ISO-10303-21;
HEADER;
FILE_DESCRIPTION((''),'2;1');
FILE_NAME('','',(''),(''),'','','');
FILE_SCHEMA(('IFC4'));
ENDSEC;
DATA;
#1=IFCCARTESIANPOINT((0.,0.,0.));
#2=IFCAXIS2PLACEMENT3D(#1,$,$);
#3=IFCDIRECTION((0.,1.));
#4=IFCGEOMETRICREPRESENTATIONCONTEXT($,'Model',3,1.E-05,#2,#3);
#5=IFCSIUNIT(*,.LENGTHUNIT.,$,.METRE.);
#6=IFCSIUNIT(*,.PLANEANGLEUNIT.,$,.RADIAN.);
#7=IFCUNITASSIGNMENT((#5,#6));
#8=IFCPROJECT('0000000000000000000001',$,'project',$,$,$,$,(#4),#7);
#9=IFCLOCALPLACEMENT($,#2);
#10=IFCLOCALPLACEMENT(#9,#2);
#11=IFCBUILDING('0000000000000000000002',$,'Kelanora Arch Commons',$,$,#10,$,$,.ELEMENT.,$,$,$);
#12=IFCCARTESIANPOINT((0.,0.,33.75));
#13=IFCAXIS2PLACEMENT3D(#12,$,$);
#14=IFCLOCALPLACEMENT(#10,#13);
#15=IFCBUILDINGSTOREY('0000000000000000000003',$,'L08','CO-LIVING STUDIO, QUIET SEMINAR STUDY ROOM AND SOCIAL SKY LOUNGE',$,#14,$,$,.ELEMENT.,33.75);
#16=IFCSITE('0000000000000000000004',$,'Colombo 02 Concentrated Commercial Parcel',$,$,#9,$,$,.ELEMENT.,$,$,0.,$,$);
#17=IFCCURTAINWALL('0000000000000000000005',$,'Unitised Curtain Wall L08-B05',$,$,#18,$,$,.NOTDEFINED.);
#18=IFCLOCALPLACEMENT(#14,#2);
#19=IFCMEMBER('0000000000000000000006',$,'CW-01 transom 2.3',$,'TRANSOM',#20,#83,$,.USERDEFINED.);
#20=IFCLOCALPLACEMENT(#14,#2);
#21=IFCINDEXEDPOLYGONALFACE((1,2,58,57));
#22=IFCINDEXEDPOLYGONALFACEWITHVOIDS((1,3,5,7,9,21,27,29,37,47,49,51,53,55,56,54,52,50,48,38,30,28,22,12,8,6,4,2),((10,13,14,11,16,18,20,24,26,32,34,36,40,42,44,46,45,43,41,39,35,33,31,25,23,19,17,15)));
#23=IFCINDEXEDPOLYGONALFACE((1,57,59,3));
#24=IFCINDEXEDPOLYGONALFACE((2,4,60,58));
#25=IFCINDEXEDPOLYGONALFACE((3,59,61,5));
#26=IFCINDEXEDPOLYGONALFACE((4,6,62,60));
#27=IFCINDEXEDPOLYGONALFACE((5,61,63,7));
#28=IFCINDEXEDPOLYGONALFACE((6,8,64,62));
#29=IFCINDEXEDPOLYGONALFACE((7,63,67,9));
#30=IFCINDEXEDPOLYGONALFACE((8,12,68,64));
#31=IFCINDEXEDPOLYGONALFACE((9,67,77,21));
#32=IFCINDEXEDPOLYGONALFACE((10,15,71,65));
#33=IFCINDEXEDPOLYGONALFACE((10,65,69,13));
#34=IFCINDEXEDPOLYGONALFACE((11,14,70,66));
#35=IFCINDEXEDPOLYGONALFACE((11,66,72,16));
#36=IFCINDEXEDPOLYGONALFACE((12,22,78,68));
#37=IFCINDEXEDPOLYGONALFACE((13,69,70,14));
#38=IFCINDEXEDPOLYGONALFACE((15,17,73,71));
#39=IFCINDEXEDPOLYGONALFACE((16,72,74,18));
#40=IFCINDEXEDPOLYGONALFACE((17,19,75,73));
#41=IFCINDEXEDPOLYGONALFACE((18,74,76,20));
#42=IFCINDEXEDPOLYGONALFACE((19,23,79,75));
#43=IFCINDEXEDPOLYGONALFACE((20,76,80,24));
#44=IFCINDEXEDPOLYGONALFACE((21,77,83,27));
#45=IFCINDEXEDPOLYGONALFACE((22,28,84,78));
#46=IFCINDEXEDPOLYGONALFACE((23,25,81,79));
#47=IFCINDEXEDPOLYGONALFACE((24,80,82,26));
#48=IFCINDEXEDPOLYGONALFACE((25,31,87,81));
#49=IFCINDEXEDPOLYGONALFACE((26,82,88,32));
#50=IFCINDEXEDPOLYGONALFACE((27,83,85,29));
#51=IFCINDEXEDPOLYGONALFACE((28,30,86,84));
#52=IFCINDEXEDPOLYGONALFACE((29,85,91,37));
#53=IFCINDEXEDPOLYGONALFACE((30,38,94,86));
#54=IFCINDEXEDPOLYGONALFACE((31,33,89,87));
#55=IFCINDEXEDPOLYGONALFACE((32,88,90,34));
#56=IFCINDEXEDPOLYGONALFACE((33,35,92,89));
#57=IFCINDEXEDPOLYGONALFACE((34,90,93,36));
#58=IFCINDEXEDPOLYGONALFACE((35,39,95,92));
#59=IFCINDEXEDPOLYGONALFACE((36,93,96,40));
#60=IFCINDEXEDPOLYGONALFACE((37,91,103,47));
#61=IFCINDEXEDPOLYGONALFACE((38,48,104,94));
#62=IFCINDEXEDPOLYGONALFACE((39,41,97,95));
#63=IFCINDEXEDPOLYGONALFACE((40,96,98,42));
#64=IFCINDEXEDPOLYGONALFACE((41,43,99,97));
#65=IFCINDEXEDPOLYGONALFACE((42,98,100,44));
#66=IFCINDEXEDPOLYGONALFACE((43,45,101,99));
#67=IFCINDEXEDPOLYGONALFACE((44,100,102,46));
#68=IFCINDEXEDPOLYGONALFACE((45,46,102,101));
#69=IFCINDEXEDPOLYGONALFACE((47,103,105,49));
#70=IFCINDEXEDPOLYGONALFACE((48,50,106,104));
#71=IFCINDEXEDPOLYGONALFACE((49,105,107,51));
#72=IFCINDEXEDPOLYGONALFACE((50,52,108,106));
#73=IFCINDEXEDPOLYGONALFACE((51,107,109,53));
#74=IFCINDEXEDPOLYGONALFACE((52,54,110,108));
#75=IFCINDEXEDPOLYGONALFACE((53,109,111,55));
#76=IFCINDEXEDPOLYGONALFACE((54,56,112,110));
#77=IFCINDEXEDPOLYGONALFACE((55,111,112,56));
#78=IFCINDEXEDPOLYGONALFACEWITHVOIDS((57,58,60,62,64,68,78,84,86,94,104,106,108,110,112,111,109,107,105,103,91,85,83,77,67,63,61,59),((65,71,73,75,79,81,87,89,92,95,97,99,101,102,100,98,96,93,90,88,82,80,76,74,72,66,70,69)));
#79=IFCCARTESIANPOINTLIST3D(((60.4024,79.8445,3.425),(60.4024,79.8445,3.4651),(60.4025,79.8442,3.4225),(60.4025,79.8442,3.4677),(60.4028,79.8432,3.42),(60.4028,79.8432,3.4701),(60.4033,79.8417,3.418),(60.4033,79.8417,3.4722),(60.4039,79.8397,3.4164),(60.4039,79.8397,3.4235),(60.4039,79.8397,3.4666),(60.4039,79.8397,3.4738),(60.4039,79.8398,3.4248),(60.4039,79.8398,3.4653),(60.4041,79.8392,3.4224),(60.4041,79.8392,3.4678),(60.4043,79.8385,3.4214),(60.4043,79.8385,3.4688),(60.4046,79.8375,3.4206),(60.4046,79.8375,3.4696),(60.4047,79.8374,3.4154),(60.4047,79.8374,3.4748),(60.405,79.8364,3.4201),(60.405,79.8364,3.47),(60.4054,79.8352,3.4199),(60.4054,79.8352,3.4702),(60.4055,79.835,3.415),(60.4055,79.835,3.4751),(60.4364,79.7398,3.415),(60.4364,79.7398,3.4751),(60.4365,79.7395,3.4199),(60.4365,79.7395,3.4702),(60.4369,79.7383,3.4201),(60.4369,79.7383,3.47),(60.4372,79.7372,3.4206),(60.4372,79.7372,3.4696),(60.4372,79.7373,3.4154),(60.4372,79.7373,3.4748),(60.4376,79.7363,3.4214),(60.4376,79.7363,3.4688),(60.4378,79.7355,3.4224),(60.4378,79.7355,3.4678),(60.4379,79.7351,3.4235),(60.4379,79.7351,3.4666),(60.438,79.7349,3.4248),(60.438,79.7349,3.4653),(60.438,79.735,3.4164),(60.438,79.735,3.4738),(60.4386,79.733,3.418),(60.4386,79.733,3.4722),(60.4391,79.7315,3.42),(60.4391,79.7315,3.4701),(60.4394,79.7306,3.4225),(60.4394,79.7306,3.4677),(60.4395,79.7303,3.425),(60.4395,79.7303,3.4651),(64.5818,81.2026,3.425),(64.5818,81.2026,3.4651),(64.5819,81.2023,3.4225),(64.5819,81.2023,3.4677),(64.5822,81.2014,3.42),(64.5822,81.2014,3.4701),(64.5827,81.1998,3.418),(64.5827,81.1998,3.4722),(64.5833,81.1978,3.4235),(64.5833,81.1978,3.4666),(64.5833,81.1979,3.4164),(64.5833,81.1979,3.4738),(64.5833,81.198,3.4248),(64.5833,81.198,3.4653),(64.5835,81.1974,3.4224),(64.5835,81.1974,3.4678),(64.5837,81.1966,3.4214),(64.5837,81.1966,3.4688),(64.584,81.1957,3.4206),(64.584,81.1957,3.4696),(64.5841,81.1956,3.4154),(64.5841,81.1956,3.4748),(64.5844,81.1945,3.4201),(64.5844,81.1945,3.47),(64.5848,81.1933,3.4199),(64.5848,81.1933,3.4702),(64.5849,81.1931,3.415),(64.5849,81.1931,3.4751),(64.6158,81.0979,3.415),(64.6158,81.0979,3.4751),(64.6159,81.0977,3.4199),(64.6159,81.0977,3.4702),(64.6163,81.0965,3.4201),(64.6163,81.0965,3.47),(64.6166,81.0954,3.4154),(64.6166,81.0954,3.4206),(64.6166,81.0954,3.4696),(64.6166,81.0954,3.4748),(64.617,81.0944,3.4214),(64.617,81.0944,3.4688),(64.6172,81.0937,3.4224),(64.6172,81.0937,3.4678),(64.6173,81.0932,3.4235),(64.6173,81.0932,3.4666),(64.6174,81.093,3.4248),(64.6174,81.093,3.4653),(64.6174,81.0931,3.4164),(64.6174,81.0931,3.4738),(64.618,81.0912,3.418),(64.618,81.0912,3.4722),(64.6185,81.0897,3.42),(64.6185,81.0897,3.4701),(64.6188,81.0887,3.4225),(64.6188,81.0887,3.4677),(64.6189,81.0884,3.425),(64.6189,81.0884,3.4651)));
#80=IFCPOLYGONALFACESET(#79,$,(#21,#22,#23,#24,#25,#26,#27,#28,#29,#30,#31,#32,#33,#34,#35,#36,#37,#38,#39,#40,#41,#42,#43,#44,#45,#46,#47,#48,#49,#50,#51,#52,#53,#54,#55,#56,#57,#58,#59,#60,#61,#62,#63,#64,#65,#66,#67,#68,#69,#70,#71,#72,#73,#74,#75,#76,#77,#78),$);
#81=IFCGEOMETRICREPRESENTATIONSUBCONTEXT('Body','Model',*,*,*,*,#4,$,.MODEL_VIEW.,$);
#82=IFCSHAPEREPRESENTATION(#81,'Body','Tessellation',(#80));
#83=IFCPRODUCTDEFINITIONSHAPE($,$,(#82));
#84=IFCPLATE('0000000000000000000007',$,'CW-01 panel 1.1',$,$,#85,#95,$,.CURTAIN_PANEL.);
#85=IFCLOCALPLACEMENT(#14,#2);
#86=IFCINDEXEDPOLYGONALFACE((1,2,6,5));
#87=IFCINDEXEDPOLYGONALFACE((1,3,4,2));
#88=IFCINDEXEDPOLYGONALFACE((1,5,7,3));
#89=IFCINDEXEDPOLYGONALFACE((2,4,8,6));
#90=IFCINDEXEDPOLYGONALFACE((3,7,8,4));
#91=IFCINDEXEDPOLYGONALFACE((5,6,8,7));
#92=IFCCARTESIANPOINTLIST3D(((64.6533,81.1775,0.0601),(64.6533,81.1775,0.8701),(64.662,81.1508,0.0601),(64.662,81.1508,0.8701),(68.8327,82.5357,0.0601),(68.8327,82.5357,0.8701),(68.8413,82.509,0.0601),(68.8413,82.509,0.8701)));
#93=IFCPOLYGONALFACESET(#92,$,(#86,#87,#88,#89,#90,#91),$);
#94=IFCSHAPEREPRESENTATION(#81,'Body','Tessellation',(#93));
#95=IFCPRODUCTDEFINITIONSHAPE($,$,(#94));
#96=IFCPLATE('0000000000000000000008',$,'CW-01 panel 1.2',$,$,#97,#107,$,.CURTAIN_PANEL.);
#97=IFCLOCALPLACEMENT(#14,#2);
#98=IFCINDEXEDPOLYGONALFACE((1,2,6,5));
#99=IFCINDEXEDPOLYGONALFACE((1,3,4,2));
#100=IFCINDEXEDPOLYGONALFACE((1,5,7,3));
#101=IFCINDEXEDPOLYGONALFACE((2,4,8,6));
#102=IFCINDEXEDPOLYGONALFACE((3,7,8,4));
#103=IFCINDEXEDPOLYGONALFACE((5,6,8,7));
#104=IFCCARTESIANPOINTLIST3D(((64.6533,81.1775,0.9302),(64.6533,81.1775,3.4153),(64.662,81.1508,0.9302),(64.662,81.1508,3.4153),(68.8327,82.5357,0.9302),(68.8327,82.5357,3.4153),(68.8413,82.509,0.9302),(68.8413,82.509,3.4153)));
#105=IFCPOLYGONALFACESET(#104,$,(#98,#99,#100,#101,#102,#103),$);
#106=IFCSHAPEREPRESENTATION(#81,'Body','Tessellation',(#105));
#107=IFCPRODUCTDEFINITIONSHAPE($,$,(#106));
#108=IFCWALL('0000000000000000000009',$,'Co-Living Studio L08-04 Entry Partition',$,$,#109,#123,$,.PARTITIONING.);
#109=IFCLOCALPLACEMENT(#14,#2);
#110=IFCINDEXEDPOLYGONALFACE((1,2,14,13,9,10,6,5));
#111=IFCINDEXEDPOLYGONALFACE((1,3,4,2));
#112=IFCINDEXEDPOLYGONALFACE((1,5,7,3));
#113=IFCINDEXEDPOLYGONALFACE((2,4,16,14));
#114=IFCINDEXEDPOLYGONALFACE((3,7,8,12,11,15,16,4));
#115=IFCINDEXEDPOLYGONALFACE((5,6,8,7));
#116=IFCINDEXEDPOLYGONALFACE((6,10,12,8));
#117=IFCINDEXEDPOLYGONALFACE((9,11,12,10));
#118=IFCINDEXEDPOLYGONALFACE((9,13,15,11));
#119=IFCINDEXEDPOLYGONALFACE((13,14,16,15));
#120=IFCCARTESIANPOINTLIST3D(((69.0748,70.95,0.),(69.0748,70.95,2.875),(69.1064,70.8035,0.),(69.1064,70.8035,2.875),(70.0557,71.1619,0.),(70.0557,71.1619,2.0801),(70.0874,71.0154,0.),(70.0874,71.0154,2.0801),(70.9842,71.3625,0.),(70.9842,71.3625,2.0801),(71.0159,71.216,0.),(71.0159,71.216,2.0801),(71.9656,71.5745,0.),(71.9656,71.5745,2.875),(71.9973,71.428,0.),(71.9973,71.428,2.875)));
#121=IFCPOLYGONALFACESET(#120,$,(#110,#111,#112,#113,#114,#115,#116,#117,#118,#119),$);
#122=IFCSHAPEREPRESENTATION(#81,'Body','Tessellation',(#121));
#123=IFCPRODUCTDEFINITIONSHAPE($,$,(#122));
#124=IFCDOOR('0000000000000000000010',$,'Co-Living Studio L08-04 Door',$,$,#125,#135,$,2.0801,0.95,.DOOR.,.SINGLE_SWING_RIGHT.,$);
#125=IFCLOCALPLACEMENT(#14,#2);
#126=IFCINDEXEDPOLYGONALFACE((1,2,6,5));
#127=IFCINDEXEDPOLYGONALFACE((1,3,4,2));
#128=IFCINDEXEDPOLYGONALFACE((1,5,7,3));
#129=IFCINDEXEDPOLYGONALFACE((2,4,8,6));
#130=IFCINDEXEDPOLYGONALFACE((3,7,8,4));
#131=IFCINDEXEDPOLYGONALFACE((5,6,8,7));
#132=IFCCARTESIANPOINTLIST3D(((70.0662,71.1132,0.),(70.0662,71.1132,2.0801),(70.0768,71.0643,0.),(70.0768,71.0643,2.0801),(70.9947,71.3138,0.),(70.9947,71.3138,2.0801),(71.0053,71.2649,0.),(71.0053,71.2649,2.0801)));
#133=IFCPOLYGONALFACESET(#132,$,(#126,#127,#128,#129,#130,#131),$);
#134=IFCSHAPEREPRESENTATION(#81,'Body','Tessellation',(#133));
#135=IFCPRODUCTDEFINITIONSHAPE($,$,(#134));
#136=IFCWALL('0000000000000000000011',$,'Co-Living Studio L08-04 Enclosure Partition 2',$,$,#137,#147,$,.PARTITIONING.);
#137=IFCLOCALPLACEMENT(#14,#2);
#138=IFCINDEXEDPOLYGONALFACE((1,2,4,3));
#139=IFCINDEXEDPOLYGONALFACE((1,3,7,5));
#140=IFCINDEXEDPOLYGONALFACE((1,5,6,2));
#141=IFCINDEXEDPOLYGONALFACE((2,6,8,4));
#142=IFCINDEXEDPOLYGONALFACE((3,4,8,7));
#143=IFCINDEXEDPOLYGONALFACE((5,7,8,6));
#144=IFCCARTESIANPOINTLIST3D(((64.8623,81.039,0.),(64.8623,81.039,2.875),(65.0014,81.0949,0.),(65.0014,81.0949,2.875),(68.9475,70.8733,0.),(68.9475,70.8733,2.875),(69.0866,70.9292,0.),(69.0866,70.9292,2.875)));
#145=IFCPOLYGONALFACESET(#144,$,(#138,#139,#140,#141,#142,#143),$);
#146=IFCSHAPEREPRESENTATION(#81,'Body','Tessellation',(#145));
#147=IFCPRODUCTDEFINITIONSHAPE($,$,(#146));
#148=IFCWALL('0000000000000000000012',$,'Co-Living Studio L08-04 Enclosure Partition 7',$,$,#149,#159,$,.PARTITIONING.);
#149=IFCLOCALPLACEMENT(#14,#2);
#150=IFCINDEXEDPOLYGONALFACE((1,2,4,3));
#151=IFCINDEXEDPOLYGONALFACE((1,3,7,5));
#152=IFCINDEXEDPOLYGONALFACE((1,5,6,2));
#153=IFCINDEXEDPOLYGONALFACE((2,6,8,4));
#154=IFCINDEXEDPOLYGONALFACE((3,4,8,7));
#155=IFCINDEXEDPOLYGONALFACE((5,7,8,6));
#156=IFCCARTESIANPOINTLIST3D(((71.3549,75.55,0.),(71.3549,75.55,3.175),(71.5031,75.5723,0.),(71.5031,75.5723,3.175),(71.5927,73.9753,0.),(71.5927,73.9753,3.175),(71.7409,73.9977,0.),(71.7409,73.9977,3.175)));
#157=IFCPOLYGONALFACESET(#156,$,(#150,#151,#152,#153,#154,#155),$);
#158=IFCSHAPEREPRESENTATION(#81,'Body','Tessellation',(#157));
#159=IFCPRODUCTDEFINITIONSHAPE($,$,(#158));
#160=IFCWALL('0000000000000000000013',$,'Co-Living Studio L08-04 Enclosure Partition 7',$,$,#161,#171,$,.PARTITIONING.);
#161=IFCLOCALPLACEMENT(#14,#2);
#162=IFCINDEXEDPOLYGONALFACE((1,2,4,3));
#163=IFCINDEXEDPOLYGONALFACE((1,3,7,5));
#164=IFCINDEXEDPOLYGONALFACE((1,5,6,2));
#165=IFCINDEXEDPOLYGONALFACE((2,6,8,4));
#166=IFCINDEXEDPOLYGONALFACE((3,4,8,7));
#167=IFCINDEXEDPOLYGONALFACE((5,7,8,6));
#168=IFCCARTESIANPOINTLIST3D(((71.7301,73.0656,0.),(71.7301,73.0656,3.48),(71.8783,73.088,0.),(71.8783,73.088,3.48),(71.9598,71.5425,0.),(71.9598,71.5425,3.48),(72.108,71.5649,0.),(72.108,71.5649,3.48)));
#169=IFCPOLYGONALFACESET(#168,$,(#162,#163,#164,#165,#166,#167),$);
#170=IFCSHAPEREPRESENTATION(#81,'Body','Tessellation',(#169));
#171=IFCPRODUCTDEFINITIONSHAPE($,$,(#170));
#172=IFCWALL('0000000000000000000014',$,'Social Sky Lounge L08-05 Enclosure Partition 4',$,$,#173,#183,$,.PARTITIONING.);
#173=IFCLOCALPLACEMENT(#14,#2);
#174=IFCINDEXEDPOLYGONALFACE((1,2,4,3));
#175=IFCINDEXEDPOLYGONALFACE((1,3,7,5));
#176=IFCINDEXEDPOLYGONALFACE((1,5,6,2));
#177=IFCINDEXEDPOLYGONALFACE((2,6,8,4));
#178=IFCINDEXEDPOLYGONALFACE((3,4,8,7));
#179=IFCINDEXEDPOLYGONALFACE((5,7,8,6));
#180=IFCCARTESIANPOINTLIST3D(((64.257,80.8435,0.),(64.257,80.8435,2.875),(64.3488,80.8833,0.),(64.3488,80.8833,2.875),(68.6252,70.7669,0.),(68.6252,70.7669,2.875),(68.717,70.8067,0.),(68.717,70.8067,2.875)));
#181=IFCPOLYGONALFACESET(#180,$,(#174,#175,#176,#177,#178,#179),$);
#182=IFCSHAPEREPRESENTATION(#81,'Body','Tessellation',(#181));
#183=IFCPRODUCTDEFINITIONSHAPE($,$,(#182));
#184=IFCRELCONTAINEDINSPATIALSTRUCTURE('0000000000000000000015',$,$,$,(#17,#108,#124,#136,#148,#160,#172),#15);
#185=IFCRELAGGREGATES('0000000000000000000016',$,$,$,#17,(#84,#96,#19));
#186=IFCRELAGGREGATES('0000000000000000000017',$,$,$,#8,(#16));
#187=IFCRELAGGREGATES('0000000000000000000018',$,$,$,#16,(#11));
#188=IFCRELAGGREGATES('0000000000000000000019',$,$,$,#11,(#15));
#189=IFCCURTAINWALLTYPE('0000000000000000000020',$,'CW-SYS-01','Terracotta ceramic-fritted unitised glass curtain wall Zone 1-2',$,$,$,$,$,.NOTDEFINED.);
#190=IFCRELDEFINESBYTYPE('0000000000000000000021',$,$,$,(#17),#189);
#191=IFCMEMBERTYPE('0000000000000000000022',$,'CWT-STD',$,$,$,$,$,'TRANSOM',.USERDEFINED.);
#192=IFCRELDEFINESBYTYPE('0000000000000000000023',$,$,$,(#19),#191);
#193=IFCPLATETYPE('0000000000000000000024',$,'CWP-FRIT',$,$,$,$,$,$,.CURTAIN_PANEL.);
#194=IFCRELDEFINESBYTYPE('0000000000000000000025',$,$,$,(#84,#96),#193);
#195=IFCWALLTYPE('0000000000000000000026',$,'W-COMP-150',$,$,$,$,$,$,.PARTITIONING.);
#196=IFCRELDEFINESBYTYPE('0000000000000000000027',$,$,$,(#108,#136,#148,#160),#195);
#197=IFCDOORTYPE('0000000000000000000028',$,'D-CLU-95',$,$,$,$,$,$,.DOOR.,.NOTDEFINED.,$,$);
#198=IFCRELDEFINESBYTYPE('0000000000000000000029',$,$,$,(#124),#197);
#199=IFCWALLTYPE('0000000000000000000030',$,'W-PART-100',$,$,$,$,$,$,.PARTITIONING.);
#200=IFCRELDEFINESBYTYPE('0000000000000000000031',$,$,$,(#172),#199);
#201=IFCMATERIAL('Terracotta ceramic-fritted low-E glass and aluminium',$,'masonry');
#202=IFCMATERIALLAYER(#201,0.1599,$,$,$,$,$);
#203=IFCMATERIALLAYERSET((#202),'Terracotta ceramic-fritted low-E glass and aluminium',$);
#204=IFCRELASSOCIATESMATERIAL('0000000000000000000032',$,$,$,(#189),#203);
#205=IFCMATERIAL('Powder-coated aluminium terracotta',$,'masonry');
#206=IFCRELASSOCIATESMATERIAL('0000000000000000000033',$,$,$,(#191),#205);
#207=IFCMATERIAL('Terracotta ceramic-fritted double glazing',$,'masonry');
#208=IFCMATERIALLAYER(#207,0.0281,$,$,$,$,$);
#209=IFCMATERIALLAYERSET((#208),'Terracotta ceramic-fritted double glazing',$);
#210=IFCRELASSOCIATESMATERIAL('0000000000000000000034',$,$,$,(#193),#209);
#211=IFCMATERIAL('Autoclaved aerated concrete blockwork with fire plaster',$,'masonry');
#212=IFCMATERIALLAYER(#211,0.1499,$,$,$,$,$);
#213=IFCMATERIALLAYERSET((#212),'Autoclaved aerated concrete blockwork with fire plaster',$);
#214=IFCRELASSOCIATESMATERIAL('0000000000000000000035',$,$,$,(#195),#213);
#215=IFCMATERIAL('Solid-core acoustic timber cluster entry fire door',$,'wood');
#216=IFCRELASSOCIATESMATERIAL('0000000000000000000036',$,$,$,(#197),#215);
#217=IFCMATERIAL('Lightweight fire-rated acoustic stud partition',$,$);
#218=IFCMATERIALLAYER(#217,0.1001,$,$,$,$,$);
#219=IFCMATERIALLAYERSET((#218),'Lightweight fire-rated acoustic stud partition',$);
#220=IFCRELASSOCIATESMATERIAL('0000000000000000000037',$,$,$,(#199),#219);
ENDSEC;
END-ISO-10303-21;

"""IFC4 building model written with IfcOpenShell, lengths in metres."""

from ifc_helpers import new_model, si_unit, direction, frame, frame_2d, origin, origin_2d, place, context, subcontext, project, spatial, rectangle, hollow_rectangle, extrude, source, transform, mapped, material, layer, layer_set, material_profile, profile_set, type_object, element, fill, aggregate, save


model = new_model("IFC4")

# Units and contexts
model_context = context("Model", 3, precision=1e-05, world=origin(), true_north=direction((0.0, 1.0)))
body_context = subcontext(model_context, "Body", "Model", "MODEL_VIEW")
ifc_project = project(units=[si_unit("LENGTHUNIT", "METRE"), si_unit("PLANEANGLEUNIT", "RADIAN")], contexts=[model_context])

# Site, building, storey
site_placement = place(None, origin())
site = spatial("IfcSite", under=ifc_project, at=site_placement, Name="Colombo 02 Concentrated Commercial Parcel", CompositionType="ELEMENT", RefElevation=0.0)
building_placement = place(site_placement, origin())
building = spatial("IfcBuilding", under=site, at=building_placement, Name="Kelanora Arch Commons", CompositionType="ELEMENT")
storey_placement = place(building_placement, frame((0.0, 0.0, 33.75)))
storey = spatial("IfcBuildingStorey", under=building, at=storey_placement, Name="L08", Description="CO-LIVING STUDIO, QUIET SEMINAR STUDY ROOM AND SOCIAL SKY LOUNGE", CompositionType="ELEMENT", Elevation=33.75)

# Curtain wall, member, plates
ifc_material_1 = material(Name="Terracotta ceramic-fritted low-E glass and aluminium", Category="masonry")
ifc_layer_1 = layer(ifc_material_1, 0.1599)
ifc_layer_set_1 = layer_set([ifc_layer_1], Name="Terracotta ceramic-fritted low-E glass and aluminium")
curtain_wall_type = type_object("IfcCurtainWallType", Name="CW-SYS-01", Description="Terracotta ceramic-fritted unitised glass curtain wall Zone 1-2", PredefinedType="NOTDEFINED", material=ifc_layer_set_1)
curtain_wall_placement = place(storey_placement, origin())
curtain_wall = element("IfcCurtainWall", 1, at=curtain_wall_placement, inside=storey, type_object=curtain_wall_type, Name="Unitised Curtain Wall L08-B05", PredefinedType="NOTDEFINED")
ifc_material_2 = material(Name="Powder-coated aluminium terracotta", Category="masonry")
ifc_material_profile_1 = material_profile(ifc_material_2, hollow_rectangle(XDim=0.1201, YDim=0.0601, WallThickness=0.0049, InnerFilletRadius=0.0049, OuterFilletRadius=0.01, at=origin_2d()), Name="CWT120x60")
ifc_profile_set_1 = profile_set([ifc_material_profile_1], Name="Powder-coated aluminium terracotta")
member_type_1 = type_object("IfcMemberType", Name="CWT-STD", ElementType="TRANSOM", PredefinedType="USERDEFINED", material=ifc_profile_set_1)
member_1_placement = place(storey_placement, frame((64.6003, 81.1455, 3.4451), z_axis=(-0.951045, -0.309052, 0.0), x_axis=(0.309052, -0.951045, 0.0)))
member_1 = element("IfcMember", 2, at=member_1_placement, type_object=member_type_1, Name="CW-01 transom 2.3", ObjectType="TRANSOM", PredefinedType="USERDEFINED", context=body_context, shape_type="SweptSolid", body=[
    extrude(hollow_rectangle(XDim=0.1201, YDim=0.0601, WallThickness=0.0049, InnerFilletRadius=0.0049, OuterFilletRadius=0.01, at=origin_2d()), origin(), (0.0, 0.0, 1.0), 4.3945),
])
ifc_material_3 = material(Name="Terracotta ceramic-fritted double glazing", Category="masonry")
ifc_layer_2 = layer(ifc_material_3, 0.0281)
ifc_layer_set_2 = layer_set([ifc_layer_2], Name="Terracotta ceramic-fritted double glazing")
plate_type = type_object("IfcPlateType", Name="CWP-FRIT", PredefinedType="CURTAIN_PANEL", material=ifc_layer_set_2)
shared_shape_1 = source(origin(), body_context, "Body", "SweptSolid", [
    extrude(rectangle(XDim=4.3945, YDim=0.0281, at=origin_2d()), origin(), (0.0, 0.0, 1.0), 0.8101),
])
plate_1_placement = place(storey_placement, frame((66.7473, 81.8433, 0.0601), z_axis=(0.0, 0.0, 1.0), x_axis=(-0.951043, -0.309058, 0.0)))
plate_1 = element("IfcPlate", 3, at=plate_1_placement, type_object=plate_type, Name="CW-01 panel 1.1", PredefinedType="CURTAIN_PANEL", context=body_context, shape_type="MappedRepresentation", body=[
    mapped(shared_shape_1, transform((0.0, 0.0, 0.0), scale=1.0)),
])
shared_shape_2 = source(origin(), body_context, "Body", "SweptSolid", [
    extrude(rectangle(XDim=4.3945, YDim=0.0281, at=origin_2d()), origin(), (0.0, 0.0, 1.0), 2.4851),
])
plate_2_placement = place(storey_placement, frame((66.7473, 81.8433, 0.9302), z_axis=(0.0, 0.0, 1.0), x_axis=(-0.951043, -0.309058, 0.0)))
plate_2 = element("IfcPlate", 4, at=plate_2_placement, type_object=plate_type, Name="CW-01 panel 1.2", PredefinedType="CURTAIN_PANEL", context=body_context, shape_type="MappedRepresentation", body=[
    mapped(shared_shape_2, transform((0.0, 0.0, 0.0), scale=1.0)),
])
aggregate(curtain_wall, [plate_1, plate_2, member_1])

# Wall, opening, door
ifc_material_4 = material(Name="Autoclaved aerated concrete blockwork with fire plaster", Category="masonry")
ifc_layer_3 = layer(ifc_material_4, 0.1499)
ifc_layer_set_3 = layer_set([ifc_layer_3], Name="Autoclaved aerated concrete blockwork with fire plaster")
wall_type_1 = type_object("IfcWallType", Name="W-COMP-150", PredefinedType="PARTITIONING", material=ifc_layer_set_3)
wall_1_placement = place(storey_placement, frame((71.9814, 71.5012, 0.0), z_axis=(0.0, 0.0, 1.0), x_axis=(-0.977452, -0.211158, 0.0)))
wall_1 = element("IfcWall", 5, at=wall_1_placement, inside=storey, type_object=wall_type_1, Name="Co-Living Studio L08-04 Entry Partition", PredefinedType="PARTITIONING", context=body_context, shape_type="SweptSolid", body=[
    extrude(rectangle(XDim=2.9575, YDim=0.1499, at=frame_2d((1.4788, 0.0))), origin(), (0.0, 0.0, 1.0), 2.875),
])
opening_1_placement = place(wall_1_placement, frame((1.0039, 0.0, 0.0)))
opening_1 = element("IfcOpeningElement", 6, at=opening_1_placement, cuts=wall_1, PredefinedType="OPENING", context=body_context, shape_type="SweptSolid", body=[
    extrude(rectangle(XDim=0.95, YDim=2.0801, at=frame_2d((0.4751, 1.04))), frame((0.0, 0.085, 0.0), z_axis=(0.0, -1.0, 0.0), x_axis=(1.0, 0.0, 0.0)), (0.0, 0.0, 1.0), 0.1699),
])
ifc_material_5 = material(Name="Solid-core acoustic timber cluster entry fire door", Category="wood")
door_type_1 = type_object("IfcDoorType", Name="D-CLU-95", OperationType="NOTDEFINED", PredefinedType="DOOR", material=ifc_material_5)
door_1_placement = place(opening_1_placement, origin())
door_1 = element("IfcDoor", 7, at=door_1_placement, inside=storey, type_object=door_type_1, Name="Co-Living Studio L08-04 Door", OperationType="SINGLE_SWING_RIGHT", OverallHeight=2.0801, OverallWidth=0.95, PredefinedType="DOOR", context=body_context, shape_type="SweptSolid", body=[
    extrude(rectangle(XDim=0.95, YDim=2.0801, at=frame_2d((0.4751, 1.04))), frame((0.0, 0.0249, 0.0), z_axis=(0.0, -1.0, 0.0), x_axis=(1.0, 0.0, 0.0)), (0.0, 0.0, 1.0), 0.05),
])
fill(opening_1, door_1)

# Walls
wall_2_placement = place(storey_placement, frame((69.0171, 70.9011, 0.0), z_axis=(0.0, 0.0, 1.0), x_axis=(-0.372877, 0.927881, 0.0)))
element("IfcWall", 8, at=wall_2_placement, inside=storey, type_object=wall_type_1, Name="Co-Living Studio L08-04 Enclosure Partition 2", PredefinedType="PARTITIONING", context=body_context, shape_type="SweptSolid", body=[
    extrude(rectangle(XDim=10.9558, YDim=0.1499, at=frame_2d((5.478, 0.0))), origin(), (0.0, 0.0, 1.0), 2.875),
])
wall_3_placement = place(storey_placement, frame((71.429, 75.5613, 0.0), z_axis=(0.0, 0.0, 1.0), x_axis=(0.149315, -0.98879, 0.0)))
element("IfcWall", 9, at=wall_3_placement, inside=storey, type_object=wall_type_1, Name="Co-Living Studio L08-04 Enclosure Partition 7", PredefinedType="PARTITIONING", context=body_context, shape_type="SweptSolid", body=[
    extrude(rectangle(XDim=1.5925, YDim=0.1499, at=frame_2d((0.7964, 0.0))), origin(), (0.0, 0.0, 1.0), 3.175),
])
wall_4_placement = place(storey_placement, frame((71.8042, 73.0767, 0.0), z_axis=(0.0, 0.0, 1.0), x_axis=(0.149162, -0.988813, 0.0)))
element("IfcWall", 10, at=wall_4_placement, inside=storey, type_object=wall_type_1, Name="Co-Living Studio L08-04 Enclosure Partition 7", PredefinedType="PARTITIONING", context=body_context, shape_type="SweptSolid", body=[
    extrude(rectangle(XDim=1.5403, YDim=0.1499, at=frame_2d((0.77, 0.0))), origin(), (0.0, 0.0, 1.0), 3.48),
])
ifc_material_6 = material(Name="Lightweight fire-rated acoustic stud partition")
ifc_layer_4 = layer(ifc_material_6, 0.1001)
ifc_layer_set_4 = layer_set([ifc_layer_4], Name="Lightweight fire-rated acoustic stud partition")
wall_type_2 = type_object("IfcWallType", Name="W-PART-100", PredefinedType="PARTITIONING", material=ifc_layer_set_4)
wall_5_placement = place(storey_placement, frame((64.303, 80.8633, 0.0), z_axis=(0.0, 0.0, 1.0), x_axis=(0.397731, -0.917502, 0.0)))
element("IfcWall", 11, at=wall_5_placement, inside=storey, type_object=wall_type_2, Name="Social Sky Lounge L08-05 Enclosure Partition 4", PredefinedType="PARTITIONING", context=body_context, shape_type="SweptSolid", body=[
    extrude(rectangle(XDim=10.9827, YDim=0.1001, at=frame_2d((5.4912, 0.0))), origin(), (0.0, 0.0, 1.0), 2.875),
])

save(model, "model.ifc")
